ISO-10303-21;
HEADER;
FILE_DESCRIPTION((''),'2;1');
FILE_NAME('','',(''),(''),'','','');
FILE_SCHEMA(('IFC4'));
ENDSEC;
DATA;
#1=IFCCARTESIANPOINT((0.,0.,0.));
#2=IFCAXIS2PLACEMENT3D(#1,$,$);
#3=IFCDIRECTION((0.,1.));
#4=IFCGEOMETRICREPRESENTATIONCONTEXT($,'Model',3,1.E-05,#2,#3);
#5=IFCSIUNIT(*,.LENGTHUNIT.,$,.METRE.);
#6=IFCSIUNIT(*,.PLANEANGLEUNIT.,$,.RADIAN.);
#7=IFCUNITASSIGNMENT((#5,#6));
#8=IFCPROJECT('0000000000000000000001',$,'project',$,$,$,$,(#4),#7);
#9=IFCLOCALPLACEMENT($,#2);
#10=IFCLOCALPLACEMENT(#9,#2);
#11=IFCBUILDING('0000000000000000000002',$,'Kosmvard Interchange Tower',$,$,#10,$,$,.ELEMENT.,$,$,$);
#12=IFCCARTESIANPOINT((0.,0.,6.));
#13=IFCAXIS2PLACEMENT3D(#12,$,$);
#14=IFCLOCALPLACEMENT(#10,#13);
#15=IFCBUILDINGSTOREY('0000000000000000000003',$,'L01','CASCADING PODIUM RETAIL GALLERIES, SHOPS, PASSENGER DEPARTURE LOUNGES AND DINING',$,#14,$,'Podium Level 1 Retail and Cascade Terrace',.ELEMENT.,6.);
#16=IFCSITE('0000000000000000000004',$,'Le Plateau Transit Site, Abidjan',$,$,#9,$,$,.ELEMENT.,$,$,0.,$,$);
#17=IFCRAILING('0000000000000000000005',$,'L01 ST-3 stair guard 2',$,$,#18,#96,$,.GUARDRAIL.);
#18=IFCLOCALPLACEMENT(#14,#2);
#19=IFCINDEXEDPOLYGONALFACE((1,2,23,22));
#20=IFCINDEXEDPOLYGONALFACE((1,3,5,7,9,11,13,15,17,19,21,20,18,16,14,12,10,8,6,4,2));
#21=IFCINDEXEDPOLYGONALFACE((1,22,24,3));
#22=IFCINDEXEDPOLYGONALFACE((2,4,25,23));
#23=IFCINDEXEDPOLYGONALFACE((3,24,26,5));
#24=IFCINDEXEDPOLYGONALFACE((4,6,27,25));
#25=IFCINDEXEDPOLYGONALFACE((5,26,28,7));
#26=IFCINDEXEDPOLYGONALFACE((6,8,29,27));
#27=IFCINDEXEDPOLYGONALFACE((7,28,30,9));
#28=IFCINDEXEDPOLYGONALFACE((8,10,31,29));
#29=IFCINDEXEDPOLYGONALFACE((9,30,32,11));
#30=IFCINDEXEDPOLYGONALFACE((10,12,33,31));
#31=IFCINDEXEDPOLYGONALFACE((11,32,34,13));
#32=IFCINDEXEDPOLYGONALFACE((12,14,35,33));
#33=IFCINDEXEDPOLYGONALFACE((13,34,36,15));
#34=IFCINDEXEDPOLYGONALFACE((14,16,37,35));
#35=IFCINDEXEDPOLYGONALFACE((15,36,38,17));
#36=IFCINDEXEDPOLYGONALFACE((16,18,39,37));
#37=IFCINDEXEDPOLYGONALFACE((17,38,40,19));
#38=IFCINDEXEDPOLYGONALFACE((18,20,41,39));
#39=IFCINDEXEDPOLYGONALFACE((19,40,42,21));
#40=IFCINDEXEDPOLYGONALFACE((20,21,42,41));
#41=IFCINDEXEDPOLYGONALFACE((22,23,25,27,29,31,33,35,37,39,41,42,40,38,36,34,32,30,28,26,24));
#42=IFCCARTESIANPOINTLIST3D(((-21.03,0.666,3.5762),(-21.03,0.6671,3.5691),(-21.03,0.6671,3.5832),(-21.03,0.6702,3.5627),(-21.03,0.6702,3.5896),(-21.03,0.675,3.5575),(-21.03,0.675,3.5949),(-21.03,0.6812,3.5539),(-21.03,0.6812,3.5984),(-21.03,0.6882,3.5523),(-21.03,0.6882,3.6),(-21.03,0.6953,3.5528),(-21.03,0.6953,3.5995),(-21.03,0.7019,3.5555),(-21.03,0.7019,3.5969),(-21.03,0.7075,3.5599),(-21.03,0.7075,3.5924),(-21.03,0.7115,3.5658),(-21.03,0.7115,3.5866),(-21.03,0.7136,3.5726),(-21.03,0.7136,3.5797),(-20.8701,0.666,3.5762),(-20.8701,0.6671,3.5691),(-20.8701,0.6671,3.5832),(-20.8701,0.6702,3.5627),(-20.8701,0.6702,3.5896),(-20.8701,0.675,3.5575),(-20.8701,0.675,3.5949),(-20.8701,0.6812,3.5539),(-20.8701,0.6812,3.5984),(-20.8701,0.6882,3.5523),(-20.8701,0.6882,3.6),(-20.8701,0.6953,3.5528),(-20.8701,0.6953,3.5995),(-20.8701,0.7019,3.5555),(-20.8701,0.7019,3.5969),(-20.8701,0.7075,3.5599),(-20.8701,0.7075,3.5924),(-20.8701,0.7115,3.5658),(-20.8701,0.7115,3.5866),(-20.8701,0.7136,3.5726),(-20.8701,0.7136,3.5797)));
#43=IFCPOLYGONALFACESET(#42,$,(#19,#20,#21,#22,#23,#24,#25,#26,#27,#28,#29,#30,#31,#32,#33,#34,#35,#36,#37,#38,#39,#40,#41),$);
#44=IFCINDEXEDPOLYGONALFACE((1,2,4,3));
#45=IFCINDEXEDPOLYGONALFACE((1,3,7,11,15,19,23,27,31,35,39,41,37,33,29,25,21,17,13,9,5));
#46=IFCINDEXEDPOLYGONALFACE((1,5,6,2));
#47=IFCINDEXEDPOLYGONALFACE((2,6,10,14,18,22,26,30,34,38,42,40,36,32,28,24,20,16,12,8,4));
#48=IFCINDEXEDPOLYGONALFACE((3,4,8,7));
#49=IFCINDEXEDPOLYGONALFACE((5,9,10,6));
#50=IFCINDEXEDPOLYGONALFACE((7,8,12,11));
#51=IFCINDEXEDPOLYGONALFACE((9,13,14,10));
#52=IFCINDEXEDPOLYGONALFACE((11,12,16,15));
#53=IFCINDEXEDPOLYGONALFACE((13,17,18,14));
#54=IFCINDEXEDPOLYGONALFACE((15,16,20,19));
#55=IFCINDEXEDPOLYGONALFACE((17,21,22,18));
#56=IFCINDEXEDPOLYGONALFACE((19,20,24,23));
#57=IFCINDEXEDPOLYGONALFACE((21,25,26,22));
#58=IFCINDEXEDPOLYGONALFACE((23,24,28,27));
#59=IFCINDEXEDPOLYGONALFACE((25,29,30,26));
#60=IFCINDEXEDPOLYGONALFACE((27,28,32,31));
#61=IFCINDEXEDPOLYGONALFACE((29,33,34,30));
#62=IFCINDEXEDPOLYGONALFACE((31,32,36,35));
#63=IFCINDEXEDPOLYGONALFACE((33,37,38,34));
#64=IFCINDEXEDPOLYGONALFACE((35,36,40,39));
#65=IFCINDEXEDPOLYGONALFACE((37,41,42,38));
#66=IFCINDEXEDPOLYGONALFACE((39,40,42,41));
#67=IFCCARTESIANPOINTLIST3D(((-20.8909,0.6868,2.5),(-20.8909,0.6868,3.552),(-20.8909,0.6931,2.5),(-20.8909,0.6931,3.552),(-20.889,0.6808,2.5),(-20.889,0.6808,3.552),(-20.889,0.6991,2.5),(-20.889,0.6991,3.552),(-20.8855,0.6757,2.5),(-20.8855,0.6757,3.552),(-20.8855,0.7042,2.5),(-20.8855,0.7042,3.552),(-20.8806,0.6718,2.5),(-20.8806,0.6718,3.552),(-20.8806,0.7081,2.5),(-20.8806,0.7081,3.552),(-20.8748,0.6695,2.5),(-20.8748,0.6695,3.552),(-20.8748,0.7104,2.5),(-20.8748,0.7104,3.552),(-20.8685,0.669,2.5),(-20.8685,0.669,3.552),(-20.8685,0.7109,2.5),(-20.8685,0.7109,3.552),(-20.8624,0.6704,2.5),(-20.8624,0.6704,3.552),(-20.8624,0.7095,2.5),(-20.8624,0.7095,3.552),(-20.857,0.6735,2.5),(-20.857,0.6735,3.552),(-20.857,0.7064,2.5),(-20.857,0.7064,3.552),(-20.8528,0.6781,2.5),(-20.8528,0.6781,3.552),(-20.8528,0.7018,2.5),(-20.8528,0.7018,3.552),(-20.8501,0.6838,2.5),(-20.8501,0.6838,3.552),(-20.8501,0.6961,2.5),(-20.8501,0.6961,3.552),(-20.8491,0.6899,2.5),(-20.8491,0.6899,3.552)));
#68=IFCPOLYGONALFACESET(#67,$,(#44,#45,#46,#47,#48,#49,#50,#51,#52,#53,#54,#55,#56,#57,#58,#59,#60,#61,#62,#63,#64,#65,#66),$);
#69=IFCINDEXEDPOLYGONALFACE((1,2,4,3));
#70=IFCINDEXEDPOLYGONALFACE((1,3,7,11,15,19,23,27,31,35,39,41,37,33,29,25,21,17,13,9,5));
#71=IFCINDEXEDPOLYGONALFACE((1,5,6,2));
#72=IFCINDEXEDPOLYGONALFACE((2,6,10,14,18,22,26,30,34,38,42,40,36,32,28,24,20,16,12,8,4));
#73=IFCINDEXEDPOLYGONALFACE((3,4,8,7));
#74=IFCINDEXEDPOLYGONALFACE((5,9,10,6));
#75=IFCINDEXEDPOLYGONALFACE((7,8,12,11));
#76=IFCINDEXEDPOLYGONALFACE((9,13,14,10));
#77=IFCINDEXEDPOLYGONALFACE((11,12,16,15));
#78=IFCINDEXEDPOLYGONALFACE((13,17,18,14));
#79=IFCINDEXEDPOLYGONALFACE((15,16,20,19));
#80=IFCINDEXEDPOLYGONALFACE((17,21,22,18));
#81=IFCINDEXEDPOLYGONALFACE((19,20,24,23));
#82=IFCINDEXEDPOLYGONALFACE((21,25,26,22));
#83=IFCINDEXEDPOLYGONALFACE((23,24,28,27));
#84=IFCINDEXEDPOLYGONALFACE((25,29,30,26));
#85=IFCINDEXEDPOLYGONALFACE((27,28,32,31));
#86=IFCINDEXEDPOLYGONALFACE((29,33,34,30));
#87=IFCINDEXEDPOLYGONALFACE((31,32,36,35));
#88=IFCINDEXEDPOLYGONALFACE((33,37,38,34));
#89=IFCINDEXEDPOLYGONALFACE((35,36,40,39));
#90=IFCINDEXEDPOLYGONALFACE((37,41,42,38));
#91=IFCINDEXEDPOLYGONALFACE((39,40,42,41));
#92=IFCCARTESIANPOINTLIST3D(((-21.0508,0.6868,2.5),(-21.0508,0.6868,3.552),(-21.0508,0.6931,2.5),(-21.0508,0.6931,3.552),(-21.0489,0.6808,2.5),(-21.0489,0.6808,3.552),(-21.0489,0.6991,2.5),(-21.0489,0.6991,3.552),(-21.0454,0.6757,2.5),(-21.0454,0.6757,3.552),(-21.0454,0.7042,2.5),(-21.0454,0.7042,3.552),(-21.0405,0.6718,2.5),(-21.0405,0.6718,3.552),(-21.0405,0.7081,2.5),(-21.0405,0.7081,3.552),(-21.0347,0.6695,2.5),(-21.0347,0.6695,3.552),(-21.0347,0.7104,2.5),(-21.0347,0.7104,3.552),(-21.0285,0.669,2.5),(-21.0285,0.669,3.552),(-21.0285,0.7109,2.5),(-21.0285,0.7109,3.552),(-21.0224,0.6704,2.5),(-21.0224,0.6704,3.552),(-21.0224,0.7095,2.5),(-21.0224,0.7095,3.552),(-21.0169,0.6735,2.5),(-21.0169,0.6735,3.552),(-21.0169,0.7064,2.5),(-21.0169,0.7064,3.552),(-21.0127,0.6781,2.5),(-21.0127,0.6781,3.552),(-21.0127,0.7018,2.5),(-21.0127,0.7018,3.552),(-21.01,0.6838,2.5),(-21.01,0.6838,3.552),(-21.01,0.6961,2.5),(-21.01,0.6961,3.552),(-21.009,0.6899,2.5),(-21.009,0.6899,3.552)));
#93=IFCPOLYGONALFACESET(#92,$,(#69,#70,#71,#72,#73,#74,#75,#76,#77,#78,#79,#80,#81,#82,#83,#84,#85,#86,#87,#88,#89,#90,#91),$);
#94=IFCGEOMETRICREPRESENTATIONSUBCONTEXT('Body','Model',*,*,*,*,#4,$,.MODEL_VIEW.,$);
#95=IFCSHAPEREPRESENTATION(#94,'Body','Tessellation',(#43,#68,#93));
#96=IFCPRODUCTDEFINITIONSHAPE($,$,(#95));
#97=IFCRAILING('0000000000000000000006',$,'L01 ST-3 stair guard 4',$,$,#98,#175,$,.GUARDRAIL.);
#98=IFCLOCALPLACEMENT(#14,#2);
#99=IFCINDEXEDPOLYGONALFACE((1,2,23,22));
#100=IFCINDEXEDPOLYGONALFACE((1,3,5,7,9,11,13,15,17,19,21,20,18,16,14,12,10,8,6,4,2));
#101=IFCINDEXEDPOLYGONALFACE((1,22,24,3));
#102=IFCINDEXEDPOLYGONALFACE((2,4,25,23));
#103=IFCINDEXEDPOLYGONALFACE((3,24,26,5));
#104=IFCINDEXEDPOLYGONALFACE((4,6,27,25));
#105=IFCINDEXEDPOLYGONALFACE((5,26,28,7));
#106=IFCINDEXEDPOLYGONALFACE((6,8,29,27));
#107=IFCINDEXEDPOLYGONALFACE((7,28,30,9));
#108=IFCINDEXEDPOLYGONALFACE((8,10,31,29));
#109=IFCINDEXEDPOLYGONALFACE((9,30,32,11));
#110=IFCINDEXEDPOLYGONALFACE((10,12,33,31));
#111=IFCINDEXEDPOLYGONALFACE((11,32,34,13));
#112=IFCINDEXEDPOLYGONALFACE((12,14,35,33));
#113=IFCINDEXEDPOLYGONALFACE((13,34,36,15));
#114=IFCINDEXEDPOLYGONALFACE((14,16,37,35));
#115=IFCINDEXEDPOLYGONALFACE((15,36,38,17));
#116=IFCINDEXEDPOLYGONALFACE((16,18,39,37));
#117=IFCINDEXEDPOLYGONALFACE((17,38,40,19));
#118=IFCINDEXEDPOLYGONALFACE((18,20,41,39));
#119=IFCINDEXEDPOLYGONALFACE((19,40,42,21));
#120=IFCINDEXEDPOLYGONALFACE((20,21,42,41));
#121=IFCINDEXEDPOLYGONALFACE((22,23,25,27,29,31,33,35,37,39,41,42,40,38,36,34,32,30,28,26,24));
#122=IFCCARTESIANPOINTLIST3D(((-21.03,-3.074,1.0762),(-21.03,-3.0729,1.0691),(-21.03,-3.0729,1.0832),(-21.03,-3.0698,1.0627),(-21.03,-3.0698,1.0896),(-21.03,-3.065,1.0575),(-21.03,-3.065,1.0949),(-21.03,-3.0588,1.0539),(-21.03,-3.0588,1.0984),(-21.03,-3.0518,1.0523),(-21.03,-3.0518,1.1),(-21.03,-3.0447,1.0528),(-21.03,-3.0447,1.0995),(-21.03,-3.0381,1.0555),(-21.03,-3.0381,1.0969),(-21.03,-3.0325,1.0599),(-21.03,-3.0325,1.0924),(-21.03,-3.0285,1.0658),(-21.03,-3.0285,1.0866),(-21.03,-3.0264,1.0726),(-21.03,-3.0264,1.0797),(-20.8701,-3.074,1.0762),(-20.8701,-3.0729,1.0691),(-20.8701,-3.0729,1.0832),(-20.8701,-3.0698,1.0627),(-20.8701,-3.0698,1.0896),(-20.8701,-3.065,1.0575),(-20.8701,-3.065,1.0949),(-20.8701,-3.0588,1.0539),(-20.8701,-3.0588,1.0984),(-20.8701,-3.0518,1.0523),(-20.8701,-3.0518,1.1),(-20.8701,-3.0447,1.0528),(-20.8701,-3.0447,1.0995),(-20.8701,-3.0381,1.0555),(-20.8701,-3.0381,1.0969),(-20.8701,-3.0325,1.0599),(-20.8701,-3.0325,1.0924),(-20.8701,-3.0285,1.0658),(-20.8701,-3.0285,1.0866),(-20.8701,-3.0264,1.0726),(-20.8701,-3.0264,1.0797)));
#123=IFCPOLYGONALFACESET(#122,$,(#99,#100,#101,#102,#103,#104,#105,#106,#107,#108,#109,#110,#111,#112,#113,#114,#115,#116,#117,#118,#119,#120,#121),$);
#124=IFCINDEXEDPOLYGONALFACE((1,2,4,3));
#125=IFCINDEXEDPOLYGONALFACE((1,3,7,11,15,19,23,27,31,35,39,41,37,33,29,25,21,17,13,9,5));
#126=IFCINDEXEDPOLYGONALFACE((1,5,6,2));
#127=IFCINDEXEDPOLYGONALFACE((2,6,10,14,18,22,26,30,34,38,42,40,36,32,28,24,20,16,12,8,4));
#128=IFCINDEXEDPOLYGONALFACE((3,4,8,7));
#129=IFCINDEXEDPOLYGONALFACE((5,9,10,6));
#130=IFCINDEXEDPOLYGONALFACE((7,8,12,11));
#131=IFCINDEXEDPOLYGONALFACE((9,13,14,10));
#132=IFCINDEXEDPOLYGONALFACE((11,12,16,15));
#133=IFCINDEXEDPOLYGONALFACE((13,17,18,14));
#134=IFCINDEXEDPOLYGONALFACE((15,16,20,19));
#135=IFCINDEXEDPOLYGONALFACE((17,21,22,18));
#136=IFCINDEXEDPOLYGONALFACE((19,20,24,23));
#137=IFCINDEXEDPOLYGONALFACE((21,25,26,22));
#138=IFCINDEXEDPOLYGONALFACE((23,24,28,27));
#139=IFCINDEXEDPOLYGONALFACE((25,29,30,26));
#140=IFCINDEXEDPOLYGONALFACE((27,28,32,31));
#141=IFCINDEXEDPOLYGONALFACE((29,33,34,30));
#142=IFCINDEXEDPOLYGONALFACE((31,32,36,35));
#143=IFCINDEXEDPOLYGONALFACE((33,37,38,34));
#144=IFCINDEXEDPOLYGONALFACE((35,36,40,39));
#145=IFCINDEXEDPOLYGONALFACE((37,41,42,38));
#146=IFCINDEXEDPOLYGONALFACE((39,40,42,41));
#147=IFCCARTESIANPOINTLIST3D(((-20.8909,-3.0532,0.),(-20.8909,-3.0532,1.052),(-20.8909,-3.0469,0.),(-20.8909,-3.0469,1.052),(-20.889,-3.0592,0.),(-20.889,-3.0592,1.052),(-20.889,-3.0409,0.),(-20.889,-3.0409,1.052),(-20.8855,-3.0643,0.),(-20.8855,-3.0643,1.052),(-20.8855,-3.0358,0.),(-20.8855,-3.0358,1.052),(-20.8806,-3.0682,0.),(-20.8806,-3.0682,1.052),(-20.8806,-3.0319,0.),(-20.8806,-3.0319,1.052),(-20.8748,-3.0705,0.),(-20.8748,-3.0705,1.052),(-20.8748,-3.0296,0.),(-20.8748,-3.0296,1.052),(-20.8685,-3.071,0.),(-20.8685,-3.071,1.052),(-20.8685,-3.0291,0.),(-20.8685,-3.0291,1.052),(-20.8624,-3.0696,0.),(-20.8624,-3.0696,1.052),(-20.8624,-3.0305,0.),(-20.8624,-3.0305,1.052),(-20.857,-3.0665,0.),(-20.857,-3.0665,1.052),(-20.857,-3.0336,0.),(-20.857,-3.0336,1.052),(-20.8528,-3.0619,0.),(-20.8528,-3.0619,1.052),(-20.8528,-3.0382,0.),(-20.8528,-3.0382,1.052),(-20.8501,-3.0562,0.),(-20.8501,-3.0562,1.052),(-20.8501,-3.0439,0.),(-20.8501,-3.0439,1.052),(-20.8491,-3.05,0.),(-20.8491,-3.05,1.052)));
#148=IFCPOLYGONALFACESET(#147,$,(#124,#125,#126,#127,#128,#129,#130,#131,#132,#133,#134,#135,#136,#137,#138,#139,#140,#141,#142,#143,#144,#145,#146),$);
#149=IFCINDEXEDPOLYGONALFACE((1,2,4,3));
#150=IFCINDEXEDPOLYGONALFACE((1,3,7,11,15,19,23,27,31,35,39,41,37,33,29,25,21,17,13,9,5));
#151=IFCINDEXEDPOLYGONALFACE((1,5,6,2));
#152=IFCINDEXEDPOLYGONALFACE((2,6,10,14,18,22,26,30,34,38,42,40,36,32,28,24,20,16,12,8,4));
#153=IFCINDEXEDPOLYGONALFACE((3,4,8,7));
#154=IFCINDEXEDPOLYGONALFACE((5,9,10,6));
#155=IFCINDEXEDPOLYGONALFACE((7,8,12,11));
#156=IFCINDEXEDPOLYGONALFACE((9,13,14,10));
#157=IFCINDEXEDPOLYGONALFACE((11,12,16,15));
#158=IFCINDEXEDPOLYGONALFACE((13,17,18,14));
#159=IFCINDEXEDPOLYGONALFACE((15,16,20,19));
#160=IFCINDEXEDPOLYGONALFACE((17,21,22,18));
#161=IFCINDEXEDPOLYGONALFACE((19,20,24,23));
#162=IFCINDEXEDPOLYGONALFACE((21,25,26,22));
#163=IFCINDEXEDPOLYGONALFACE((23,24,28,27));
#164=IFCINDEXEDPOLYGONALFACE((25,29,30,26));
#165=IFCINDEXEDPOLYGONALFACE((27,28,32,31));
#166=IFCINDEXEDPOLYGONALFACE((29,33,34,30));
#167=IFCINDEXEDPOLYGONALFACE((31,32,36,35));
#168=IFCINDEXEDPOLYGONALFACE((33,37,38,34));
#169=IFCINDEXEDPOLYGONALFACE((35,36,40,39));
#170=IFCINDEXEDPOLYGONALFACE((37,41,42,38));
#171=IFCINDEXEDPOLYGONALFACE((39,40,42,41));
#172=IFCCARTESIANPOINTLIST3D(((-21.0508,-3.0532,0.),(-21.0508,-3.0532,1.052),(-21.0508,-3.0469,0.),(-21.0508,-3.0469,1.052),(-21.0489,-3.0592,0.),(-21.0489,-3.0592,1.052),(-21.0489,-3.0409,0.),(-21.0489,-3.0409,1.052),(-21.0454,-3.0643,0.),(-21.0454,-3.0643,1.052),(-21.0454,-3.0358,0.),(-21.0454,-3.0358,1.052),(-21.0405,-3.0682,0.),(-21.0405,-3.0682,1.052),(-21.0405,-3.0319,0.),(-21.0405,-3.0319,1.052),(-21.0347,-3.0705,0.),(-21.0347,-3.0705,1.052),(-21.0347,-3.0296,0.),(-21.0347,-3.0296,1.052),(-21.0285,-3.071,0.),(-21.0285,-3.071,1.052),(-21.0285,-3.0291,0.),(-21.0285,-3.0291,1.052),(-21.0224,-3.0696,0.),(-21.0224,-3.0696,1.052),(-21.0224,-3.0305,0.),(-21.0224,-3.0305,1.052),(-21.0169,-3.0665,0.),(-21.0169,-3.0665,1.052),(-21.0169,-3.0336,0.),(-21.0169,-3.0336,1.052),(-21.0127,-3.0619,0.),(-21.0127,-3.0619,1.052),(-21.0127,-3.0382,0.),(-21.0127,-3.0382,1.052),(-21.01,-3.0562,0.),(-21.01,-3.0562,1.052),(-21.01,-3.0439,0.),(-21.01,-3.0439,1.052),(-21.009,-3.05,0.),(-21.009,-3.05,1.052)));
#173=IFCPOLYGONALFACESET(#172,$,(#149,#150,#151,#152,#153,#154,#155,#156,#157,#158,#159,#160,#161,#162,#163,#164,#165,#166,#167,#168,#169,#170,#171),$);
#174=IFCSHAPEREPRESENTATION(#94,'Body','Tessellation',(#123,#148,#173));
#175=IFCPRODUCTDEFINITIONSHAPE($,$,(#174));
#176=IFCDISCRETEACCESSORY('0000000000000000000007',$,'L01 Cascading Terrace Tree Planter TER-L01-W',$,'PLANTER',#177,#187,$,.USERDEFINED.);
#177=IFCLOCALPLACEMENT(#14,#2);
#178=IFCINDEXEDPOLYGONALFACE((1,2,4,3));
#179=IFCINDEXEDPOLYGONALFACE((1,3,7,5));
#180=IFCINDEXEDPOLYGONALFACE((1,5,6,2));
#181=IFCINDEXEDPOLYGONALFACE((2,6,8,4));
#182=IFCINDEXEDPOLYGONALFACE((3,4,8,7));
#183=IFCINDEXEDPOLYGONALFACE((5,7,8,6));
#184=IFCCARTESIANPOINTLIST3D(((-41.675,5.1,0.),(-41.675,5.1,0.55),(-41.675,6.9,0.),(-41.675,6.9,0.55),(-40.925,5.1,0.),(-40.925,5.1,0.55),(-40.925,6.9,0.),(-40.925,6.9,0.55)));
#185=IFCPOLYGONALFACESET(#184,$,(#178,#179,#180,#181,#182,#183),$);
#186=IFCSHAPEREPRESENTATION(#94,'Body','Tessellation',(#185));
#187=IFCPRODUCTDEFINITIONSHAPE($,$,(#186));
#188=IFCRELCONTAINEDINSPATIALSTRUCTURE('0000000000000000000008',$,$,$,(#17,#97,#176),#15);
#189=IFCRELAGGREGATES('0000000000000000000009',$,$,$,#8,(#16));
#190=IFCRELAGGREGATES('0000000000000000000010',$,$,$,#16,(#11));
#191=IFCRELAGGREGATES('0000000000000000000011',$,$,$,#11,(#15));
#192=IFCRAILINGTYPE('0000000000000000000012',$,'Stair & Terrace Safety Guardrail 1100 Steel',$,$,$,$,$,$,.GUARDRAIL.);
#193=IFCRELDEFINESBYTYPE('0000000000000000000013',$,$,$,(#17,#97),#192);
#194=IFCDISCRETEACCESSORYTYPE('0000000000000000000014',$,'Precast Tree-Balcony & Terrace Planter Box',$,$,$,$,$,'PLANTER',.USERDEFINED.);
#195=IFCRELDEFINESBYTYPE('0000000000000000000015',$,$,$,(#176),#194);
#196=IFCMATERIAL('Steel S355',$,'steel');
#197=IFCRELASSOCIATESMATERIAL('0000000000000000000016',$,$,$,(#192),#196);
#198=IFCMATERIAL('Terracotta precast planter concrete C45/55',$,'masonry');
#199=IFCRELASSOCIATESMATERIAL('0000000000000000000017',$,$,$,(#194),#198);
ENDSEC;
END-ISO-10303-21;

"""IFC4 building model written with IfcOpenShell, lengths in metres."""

from ifc_helpers import new_model, si_unit, direction, frame, origin, origin_2d, place, context, subcontext, project, spatial, rectangle, circle, extrude, source, transform, mapped, material, type_object, element, save


model = new_model("IFC4")

# Units and contexts
model_context = context("Model", 3, precision=1e-05, world=origin(), true_north=direction((0.0, 1.0)))
body_context = subcontext(model_context, "Body", "Model", "MODEL_VIEW")
ifc_project = project(units=[si_unit("LENGTHUNIT", "METRE"), si_unit("PLANEANGLEUNIT", "RADIAN")], contexts=[model_context])

# Site, building, storey
site_placement = place(None, origin())
site = spatial("IfcSite", under=ifc_project, at=site_placement, Name="Le Plateau Transit Site, Abidjan", CompositionType="ELEMENT", RefElevation=0.0)
building_placement = place(site_placement, origin())
building = spatial("IfcBuilding", under=site, at=building_placement, Name="Kosmvard Interchange Tower", CompositionType="ELEMENT")
storey_placement = place(building_placement, frame((0.0, 0.0, 6.0)))
storey = spatial("IfcBuildingStorey", under=building, at=storey_placement, Name="L01", Description="CASCADING PODIUM RETAIL GALLERIES, SHOPS, PASSENGER DEPARTURE LOUNGES AND DINING", LongName="Podium Level 1 Retail and Cascade Terrace", CompositionType="ELEMENT", Elevation=6.0)

# Railings
ifc_material_1 = material(Name="Steel S355", Category="steel")
railing_type_1 = type_object("IfcRailingType", Name="Stair & Terrace Safety Guardrail 1100 Steel", PredefinedType="GUARDRAIL", material=ifc_material_1)
shared_shape_1 = source(origin(), body_context, "Body", "SweptSolid", [
    extrude(circle(Radius=0.0239, at=origin_2d()), frame((0.0, 0.0, 1.0762), z_axis=(-1.0, 0.0, 0.0), x_axis=(0.0, -1.0, 0.0)), (0.0, 0.0, 1.0), 0.1599),
    extrude(circle(Radius=0.021, at=origin_2d()), origin(), (0.0, 0.0, 1.0), 1.052),
    extrude(circle(Radius=0.021, at=origin_2d()), frame((-0.1599, 0.0, 0.0)), (0.0, 0.0, 1.0), 1.052),
])
for number, where, name in (
    (1, (-20.8701, 0.6899, 2.5), "L01 ST-3 stair guard 2"),
    (2, (-20.8701, -3.05, 0.0), "L01 ST-3 stair guard 4"),
):
    element("IfcRailing", number, at=place(storey_placement, frame(where)), inside=storey, type_object=railing_type_1, Name=name, PredefinedType="GUARDRAIL", context=body_context, shape_type="MappedRepresentation", body=[
        mapped(shared_shape_1, transform((0.0, 0.0, 0.0), scale=1.0)),
    ])

# Discrete accessory
ifc_material_2 = material(Name="Terracotta precast planter concrete C45/55", Category="masonry")
discrete_accessory_type = type_object("IfcDiscreteAccessoryType", Name="Precast Tree-Balcony & Terrace Planter Box", ElementType="PLANTER", PredefinedType="USERDEFINED", material=ifc_material_2)
shared_shape_2 = source(origin(), body_context, "Body", "SweptSolid", [
    extrude(rectangle(XDim=0.75, YDim=1.8, at=origin_2d()), origin(), (0.0, 0.0, 1.0), 0.55),
])
discrete_accessory_placement = place(storey_placement, frame((-41.3, 6.0, 0.0), z_axis=(0.0, 0.0, 1.0), x_axis=(1.0, 0.0, 0.0)))
element("IfcDiscreteAccessory", 3, at=discrete_accessory_placement, inside=storey, type_object=discrete_accessory_type, Name="L01 Cascading Terrace Tree Planter TER-L01-W", ObjectType="PLANTER", PredefinedType="USERDEFINED", context=body_context, shape_type="MappedRepresentation", body=[
    mapped(shared_shape_2, transform((0.0, 0.0, 0.0), scale=1.0)),
])

save(model, "model.ifc")
